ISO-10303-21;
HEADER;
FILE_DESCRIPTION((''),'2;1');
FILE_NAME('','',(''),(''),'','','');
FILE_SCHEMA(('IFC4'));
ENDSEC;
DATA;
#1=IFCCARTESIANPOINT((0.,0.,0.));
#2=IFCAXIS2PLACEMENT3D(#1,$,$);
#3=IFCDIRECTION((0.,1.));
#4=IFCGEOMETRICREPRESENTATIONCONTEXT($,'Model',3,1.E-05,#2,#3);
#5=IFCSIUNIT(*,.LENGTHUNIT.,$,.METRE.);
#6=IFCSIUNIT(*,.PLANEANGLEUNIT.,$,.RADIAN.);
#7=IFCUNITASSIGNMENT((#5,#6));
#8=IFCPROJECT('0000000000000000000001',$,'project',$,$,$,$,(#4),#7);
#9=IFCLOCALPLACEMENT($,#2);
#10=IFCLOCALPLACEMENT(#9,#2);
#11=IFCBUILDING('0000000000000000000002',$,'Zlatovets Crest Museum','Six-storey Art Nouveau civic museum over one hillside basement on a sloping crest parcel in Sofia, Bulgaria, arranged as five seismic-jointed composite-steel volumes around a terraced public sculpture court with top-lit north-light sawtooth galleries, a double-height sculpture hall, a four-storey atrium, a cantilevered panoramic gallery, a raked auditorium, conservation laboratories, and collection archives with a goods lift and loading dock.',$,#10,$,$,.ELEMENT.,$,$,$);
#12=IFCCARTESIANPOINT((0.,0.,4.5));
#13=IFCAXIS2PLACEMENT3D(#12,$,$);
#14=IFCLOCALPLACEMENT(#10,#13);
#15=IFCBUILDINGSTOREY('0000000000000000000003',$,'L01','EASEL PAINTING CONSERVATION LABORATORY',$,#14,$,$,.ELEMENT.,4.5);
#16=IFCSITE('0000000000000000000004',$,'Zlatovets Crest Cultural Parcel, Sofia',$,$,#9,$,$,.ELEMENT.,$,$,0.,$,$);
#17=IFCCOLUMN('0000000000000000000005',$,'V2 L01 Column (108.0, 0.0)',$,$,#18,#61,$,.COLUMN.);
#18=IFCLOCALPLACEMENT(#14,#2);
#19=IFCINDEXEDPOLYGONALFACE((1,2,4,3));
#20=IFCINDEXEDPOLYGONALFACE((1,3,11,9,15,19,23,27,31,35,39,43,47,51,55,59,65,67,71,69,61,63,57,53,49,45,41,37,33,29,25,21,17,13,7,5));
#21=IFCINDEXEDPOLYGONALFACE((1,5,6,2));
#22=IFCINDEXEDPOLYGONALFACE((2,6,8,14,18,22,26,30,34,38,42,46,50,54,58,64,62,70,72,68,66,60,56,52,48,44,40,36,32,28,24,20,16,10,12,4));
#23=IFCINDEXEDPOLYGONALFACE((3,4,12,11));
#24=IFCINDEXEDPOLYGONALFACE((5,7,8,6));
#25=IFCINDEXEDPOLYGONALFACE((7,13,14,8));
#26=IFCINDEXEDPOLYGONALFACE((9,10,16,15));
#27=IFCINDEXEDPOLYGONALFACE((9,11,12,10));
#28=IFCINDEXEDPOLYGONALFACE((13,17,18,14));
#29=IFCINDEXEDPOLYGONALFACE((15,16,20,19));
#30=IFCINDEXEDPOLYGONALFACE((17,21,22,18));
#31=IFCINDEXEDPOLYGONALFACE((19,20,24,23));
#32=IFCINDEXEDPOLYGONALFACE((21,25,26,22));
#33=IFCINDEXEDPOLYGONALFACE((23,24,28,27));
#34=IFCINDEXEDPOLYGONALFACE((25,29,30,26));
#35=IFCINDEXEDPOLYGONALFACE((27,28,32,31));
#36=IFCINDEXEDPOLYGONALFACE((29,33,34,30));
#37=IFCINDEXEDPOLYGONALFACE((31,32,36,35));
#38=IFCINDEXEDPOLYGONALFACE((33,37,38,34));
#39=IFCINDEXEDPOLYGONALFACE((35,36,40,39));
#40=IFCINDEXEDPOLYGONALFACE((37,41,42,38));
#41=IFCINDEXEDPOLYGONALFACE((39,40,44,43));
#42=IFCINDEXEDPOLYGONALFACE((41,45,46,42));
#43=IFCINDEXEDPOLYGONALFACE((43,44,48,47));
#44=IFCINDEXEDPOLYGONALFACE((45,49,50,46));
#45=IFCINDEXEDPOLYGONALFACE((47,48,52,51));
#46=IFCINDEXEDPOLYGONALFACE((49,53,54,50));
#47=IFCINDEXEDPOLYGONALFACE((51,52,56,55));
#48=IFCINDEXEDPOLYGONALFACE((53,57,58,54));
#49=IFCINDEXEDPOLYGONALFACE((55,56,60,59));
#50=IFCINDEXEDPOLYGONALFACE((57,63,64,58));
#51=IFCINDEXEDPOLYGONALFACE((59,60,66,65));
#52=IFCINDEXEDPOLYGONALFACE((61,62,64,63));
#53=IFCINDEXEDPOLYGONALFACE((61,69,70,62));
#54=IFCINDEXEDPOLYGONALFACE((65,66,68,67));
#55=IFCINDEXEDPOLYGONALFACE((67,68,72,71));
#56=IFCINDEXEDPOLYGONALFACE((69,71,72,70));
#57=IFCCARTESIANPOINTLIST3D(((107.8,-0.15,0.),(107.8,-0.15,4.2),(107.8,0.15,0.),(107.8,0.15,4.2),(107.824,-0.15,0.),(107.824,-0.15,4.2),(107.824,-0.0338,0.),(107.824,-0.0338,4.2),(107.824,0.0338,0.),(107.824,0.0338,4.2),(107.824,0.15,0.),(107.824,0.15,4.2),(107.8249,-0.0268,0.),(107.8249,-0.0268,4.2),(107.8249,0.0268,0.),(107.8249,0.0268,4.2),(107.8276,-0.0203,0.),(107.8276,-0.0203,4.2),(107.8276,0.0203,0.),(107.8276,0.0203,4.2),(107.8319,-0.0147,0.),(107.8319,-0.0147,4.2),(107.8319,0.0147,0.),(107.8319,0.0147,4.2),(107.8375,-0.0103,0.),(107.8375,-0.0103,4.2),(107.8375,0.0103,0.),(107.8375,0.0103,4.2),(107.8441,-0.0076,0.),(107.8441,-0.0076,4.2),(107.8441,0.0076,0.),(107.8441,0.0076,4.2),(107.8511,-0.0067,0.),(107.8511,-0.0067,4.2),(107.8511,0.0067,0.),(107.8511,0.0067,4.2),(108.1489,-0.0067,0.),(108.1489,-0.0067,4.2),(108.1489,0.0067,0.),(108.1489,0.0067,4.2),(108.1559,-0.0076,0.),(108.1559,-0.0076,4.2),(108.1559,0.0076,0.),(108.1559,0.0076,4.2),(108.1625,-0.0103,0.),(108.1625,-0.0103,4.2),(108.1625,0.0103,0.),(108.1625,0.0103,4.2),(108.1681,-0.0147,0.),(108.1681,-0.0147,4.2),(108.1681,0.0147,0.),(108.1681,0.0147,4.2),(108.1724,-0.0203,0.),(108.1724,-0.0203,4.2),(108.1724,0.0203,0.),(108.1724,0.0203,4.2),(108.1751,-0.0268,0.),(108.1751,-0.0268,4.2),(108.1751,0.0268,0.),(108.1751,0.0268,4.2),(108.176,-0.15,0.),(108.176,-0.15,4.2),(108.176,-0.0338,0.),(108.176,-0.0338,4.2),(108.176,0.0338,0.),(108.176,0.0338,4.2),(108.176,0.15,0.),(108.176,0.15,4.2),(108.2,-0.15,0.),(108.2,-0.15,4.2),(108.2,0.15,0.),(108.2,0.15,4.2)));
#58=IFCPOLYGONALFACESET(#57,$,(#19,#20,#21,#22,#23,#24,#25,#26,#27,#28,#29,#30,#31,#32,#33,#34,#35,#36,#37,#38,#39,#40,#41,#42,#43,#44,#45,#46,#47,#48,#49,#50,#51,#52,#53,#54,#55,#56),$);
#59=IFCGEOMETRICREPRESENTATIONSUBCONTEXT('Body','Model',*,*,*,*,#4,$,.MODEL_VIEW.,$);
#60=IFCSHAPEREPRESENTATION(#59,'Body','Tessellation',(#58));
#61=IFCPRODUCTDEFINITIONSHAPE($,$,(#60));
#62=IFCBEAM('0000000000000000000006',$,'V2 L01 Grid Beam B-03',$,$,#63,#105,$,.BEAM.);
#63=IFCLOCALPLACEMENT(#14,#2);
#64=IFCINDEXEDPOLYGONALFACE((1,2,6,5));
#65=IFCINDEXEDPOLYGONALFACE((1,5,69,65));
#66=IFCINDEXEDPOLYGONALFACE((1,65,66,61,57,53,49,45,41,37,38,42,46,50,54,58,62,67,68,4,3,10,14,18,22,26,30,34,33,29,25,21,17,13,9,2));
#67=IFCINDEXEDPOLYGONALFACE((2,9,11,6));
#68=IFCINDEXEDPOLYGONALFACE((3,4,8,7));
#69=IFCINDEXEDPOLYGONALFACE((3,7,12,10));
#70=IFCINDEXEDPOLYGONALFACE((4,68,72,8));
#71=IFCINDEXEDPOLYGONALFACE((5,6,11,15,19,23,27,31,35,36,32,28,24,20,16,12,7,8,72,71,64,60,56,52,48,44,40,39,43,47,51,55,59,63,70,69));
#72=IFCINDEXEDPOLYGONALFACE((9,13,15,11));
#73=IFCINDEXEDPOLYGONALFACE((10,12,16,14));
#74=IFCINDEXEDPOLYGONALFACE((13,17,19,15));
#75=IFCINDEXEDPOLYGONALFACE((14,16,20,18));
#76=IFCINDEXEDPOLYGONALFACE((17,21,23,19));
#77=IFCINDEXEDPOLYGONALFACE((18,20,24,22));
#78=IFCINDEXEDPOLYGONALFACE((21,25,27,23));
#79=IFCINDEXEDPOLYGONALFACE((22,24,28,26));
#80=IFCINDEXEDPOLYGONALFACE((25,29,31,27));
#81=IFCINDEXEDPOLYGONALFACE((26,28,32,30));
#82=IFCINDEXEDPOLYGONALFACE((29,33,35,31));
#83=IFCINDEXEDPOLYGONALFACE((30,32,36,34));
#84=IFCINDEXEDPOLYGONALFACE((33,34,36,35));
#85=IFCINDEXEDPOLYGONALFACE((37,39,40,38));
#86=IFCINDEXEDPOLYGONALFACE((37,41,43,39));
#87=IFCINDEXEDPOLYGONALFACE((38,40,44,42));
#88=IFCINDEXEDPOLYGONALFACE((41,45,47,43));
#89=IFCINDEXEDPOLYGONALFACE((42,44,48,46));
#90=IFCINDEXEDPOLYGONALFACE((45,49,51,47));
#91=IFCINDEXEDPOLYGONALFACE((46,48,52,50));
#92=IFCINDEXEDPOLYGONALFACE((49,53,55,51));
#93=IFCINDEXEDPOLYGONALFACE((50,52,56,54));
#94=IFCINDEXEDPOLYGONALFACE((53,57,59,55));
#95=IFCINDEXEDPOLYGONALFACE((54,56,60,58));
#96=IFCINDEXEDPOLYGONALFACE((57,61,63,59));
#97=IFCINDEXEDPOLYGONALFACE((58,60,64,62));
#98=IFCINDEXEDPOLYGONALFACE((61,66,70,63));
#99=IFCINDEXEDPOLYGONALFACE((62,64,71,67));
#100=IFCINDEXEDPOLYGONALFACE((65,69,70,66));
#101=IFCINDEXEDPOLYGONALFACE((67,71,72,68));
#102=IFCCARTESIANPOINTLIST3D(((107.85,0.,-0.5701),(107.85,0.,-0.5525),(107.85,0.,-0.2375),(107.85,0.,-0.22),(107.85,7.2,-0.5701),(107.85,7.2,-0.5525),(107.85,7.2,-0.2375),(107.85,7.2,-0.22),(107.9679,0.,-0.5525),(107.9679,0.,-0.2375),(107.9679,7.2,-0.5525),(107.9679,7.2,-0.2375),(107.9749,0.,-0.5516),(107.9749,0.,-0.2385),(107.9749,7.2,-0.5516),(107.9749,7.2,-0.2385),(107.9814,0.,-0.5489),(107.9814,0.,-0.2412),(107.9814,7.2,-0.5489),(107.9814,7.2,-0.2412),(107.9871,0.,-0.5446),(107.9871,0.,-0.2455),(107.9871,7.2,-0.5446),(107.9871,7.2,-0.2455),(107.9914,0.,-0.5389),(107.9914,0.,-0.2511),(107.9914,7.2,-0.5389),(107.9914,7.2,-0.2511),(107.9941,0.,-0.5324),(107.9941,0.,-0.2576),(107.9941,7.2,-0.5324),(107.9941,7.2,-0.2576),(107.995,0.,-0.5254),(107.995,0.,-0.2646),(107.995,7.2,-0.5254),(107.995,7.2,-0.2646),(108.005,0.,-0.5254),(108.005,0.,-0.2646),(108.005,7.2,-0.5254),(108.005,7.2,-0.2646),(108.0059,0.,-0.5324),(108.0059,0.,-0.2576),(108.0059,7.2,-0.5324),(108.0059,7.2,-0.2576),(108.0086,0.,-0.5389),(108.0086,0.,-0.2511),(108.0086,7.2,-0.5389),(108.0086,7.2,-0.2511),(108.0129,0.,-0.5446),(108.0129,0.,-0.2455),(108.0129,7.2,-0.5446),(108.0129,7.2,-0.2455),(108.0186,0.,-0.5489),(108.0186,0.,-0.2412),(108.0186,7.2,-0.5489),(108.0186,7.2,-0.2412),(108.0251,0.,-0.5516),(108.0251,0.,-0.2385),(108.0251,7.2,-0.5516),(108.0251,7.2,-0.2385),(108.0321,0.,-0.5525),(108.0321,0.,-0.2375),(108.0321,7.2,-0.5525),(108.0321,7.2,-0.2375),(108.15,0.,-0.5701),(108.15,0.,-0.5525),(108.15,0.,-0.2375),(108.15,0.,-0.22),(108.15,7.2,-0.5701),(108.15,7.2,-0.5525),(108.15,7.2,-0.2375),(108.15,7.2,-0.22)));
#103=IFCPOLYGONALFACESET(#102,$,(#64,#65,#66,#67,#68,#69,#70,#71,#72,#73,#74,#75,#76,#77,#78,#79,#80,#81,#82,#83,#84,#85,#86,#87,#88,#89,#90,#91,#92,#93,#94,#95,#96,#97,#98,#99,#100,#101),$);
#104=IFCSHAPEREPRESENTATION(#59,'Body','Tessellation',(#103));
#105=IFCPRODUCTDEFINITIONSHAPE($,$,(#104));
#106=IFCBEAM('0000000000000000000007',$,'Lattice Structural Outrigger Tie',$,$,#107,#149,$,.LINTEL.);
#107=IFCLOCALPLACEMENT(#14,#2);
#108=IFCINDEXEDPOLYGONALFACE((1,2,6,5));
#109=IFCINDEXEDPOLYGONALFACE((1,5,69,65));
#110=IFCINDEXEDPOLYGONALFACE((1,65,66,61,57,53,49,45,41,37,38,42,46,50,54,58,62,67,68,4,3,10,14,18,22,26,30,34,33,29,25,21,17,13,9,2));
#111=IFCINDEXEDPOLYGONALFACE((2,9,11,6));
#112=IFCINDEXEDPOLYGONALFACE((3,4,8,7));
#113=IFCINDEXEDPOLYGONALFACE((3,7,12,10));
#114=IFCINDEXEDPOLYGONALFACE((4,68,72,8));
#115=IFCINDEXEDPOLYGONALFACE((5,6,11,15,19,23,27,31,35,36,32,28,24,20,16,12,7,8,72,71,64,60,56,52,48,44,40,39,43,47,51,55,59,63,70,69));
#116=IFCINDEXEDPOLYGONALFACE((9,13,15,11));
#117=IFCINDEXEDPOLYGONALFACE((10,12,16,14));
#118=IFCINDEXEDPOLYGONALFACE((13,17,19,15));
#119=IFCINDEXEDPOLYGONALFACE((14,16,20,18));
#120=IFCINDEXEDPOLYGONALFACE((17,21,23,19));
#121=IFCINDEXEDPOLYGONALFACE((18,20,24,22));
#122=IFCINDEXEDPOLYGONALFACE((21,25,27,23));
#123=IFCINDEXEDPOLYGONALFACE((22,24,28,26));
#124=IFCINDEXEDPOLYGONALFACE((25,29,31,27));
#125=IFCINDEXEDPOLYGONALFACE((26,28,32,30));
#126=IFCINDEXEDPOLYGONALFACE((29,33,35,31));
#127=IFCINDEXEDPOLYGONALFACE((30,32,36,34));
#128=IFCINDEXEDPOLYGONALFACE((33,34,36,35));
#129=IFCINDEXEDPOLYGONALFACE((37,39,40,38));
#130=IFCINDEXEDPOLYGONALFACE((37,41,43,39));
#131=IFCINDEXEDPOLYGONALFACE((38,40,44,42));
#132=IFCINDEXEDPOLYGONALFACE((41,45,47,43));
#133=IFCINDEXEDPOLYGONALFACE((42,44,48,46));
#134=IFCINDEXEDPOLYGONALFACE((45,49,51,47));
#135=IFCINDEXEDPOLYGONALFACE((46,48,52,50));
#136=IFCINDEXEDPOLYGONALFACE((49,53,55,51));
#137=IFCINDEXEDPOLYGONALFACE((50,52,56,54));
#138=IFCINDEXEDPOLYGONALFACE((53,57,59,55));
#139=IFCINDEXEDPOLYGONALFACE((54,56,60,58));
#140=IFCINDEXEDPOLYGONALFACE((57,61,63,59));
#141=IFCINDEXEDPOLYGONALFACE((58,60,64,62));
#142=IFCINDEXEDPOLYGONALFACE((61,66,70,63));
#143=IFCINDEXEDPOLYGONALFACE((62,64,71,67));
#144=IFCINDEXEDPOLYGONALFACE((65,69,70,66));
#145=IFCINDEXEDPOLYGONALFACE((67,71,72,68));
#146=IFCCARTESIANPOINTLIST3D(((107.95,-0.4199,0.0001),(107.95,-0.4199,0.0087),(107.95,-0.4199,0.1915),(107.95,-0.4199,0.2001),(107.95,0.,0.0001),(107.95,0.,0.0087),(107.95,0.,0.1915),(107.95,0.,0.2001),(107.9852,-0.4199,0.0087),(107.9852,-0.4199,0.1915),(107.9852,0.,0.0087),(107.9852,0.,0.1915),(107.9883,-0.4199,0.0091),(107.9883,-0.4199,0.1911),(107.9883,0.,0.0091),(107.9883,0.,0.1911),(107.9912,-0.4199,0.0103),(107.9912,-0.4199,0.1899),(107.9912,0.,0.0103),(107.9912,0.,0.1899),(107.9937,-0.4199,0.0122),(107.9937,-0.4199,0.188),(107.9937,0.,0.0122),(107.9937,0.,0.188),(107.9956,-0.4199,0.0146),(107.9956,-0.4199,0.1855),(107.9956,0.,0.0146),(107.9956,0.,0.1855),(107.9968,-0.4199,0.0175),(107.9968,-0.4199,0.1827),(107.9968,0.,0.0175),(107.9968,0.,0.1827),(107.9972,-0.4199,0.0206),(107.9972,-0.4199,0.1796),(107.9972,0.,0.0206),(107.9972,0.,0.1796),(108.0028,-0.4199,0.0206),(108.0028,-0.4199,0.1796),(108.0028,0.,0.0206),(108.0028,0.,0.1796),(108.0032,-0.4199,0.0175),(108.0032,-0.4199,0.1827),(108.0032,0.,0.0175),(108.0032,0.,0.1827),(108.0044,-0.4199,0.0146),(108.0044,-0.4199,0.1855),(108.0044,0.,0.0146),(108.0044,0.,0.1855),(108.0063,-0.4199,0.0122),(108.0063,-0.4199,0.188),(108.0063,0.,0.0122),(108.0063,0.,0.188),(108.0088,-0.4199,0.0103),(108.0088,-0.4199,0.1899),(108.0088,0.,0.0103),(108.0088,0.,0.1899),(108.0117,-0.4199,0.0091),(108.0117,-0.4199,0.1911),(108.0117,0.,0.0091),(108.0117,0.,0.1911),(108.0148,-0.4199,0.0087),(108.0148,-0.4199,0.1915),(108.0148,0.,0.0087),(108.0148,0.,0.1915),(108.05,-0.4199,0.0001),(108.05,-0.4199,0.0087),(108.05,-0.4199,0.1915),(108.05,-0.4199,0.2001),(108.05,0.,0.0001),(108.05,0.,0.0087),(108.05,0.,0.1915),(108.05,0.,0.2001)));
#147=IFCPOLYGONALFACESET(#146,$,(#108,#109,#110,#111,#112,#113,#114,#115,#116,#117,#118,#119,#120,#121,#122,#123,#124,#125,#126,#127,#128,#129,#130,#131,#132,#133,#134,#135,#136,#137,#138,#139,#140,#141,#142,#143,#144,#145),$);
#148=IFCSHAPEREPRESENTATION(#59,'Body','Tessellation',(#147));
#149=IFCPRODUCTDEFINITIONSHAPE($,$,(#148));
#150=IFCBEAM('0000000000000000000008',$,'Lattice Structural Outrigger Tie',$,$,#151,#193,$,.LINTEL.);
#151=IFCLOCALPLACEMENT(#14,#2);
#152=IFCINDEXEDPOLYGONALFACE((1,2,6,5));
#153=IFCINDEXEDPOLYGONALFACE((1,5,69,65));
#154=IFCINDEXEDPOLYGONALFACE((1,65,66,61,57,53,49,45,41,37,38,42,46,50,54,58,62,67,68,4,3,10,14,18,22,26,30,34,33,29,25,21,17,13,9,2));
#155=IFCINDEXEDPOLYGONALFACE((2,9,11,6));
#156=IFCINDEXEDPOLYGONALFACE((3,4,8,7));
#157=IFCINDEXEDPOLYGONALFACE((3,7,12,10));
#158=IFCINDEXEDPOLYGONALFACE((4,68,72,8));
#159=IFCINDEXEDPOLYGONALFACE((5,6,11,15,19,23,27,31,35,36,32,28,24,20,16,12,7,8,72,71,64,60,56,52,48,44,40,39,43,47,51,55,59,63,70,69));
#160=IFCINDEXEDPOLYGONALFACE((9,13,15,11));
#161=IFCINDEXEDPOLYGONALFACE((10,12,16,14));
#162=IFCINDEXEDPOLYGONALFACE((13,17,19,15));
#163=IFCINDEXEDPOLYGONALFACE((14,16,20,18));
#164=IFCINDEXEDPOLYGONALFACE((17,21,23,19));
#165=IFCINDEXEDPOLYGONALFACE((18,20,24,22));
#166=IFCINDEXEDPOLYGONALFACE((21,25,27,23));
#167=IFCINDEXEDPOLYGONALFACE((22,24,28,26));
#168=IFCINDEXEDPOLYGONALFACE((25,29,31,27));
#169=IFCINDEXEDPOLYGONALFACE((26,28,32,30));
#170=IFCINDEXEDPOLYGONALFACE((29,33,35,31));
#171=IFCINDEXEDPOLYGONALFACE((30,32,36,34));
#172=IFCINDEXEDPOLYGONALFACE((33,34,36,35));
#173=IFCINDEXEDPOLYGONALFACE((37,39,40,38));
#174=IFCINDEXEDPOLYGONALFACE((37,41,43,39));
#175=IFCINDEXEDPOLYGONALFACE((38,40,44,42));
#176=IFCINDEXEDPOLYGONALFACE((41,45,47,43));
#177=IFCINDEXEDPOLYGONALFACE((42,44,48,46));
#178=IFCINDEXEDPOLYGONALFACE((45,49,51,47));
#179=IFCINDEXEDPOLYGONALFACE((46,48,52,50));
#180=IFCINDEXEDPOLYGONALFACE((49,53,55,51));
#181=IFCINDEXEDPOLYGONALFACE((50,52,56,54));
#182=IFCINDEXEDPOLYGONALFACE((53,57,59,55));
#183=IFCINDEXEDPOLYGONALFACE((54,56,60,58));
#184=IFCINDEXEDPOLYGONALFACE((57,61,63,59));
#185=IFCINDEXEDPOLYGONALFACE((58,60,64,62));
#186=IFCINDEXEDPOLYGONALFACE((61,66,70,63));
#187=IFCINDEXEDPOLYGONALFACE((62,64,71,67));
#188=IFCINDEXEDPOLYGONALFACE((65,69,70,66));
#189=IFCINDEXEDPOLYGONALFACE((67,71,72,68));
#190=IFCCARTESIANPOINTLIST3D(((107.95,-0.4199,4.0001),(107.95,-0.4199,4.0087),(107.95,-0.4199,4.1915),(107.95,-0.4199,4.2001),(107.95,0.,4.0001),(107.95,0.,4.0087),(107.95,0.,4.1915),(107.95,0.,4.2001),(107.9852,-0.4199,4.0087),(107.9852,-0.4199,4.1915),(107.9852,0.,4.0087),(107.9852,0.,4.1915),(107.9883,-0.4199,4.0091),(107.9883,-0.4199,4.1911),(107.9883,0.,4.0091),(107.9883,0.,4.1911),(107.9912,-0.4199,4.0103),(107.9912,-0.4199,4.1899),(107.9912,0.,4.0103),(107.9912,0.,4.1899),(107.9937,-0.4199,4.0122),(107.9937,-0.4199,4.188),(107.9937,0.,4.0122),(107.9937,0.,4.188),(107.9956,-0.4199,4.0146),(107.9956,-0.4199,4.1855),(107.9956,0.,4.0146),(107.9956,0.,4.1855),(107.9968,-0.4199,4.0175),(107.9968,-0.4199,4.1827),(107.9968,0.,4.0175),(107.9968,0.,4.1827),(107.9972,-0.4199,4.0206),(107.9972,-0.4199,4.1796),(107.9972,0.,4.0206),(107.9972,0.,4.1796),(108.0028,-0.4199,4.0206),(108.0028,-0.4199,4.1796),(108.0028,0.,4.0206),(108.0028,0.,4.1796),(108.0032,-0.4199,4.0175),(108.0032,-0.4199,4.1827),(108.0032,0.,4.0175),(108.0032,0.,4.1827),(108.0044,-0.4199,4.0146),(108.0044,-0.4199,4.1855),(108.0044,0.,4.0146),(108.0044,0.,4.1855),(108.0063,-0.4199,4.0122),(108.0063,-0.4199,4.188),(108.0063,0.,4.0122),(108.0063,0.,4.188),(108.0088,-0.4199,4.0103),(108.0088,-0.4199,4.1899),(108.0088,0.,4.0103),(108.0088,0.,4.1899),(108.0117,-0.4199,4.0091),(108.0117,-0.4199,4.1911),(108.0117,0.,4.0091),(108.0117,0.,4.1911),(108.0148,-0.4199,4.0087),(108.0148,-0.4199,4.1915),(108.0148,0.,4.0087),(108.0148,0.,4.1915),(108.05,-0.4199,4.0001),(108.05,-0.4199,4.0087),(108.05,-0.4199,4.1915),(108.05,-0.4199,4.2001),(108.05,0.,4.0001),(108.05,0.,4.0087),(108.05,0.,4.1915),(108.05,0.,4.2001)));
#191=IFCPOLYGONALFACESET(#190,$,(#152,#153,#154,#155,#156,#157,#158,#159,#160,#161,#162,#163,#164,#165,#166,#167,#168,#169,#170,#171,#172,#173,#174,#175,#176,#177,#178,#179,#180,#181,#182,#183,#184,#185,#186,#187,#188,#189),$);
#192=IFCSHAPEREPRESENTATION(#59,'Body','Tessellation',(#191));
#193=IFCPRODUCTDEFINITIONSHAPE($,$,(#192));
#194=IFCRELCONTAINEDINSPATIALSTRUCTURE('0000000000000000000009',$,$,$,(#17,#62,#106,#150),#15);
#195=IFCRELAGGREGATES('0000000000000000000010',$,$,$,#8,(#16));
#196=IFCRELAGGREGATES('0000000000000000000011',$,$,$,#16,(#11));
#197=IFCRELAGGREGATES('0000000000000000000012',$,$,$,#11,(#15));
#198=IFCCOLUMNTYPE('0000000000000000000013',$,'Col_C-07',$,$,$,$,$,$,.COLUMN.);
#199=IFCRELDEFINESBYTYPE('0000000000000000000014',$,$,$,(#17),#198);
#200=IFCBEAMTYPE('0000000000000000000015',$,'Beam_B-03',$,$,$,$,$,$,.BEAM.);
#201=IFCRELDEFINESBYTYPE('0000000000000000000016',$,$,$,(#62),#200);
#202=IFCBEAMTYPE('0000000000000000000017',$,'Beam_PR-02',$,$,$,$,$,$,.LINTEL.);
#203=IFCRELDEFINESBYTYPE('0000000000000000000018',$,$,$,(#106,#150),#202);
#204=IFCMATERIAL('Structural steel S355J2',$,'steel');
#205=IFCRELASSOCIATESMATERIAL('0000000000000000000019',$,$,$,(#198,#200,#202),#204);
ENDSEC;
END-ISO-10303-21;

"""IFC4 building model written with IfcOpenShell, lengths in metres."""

from ifc_helpers import new_model, si_unit, direction, frame, origin, origin_2d, place, context, subcontext, project, spatial, i_section, extrude, material, material_profile, profile_set, type_object, element, save


model = new_model("IFC4")

# Units and contexts
model_context = context("Model", 3, precision=1e-05, world=origin(), true_north=direction((0.0, 1.0)))
body_context = subcontext(model_context, "Body", "Model", "MODEL_VIEW")
ifc_project = project(units=[si_unit("LENGTHUNIT", "METRE"), si_unit("PLANEANGLEUNIT", "RADIAN")], contexts=[model_context])

# Site, building, storey
site_placement = place(None, origin())
site = spatial("IfcSite", under=ifc_project, at=site_placement, Name="Zlatovets Crest Cultural Parcel, Sofia", CompositionType="ELEMENT", RefElevation=0.0)
building_placement = place(site_placement, origin())
building = spatial("IfcBuilding", under=site, at=building_placement, Name="Zlatovets Crest Museum", Description="Six-storey Art Nouveau civic museum over one hillside basement on a sloping crest parcel in Sofia, Bulgaria, arranged as five seismic-jointed composite-steel volumes around a terraced public sculpture court with top-lit north-light sawtooth galleries, a double-height sculpture hall, a four-storey atrium, a cantilevered panoramic gallery, a raked auditorium, conservation laboratories, and collection archives with a goods lift and loading dock.", CompositionType="ELEMENT")
storey_placement = place(building_placement, frame((0.0, 0.0, 4.5)))
storey = spatial("IfcBuildingStorey", under=building, at=storey_placement, Name="L01", Description="EASEL PAINTING CONSERVATION LABORATORY", CompositionType="ELEMENT", Elevation=4.5)

# Column
ifc_material_1 = material(Name="Structural steel S355J2", Category="steel")
ifc_material_profile_1 = material_profile(ifc_material_1, i_section(OverallWidth=0.3, OverallDepth=0.3999, WebThickness=0.0134, FlangeThickness=0.0239, FilletRadius=0.0271, at=origin_2d()), Name="HEB 400")
ifc_profile_set_1 = profile_set([ifc_material_profile_1], Name="Structural steel S355J2")
column_type = type_object("IfcColumnType", Name="Col_C-07", PredefinedType="COLUMN", material=ifc_profile_set_1)
column_placement = place(storey_placement, frame((108.0, 0.0, 0.0), z_axis=(0.0, 0.0, 1.0), x_axis=(0.0, 1.0, 0.0)))
element("IfcColumn", 1, at=column_placement, inside=storey, type_object=column_type, Name="V2 L01 Column (108.0, 0.0)", PredefinedType="COLUMN", context=body_context, shape_type="SweptSolid", body=[
    extrude(i_section(OverallWidth=0.3, OverallDepth=0.3999, WebThickness=0.0134, FlangeThickness=0.0239, FilletRadius=0.0271, at=origin_2d()), origin(), (0.0, 0.0, 1.0), 4.2),
])

# Beams
ifc_material_profile_2 = material_profile(ifc_material_1, i_section(OverallWidth=0.3, OverallDepth=0.3501, WebThickness=0.01, FlangeThickness=0.0176, FilletRadius=0.0271, at=origin_2d()), Name="HEA 360")
ifc_profile_set_2 = profile_set([ifc_material_profile_2], Name="Structural steel S355J2")
beam_type_1 = type_object("IfcBeamType", Name="Beam_B-03", PredefinedType="BEAM", material=ifc_profile_set_2)
beam_placement = place(storey_placement, frame((108.0, 0.0, -0.395), z_axis=(0.0, 1.0, 0.0), x_axis=(-1.0, 0.0, 0.0)))
element("IfcBeam", 2, at=beam_placement, inside=storey, type_object=beam_type_1, Name="V2 L01 Grid Beam B-03", PredefinedType="BEAM", context=body_context, shape_type="SweptSolid", body=[
    extrude(i_section(OverallWidth=0.3, OverallDepth=0.3501, WebThickness=0.01, FlangeThickness=0.0176, FilletRadius=0.0271, at=origin_2d()), origin(), (0.0, 0.0, 1.0), 7.2),
])
ifc_material_profile_3 = material_profile(ifc_material_1, i_section(OverallWidth=0.1001, OverallDepth=0.2, WebThickness=0.0056, FlangeThickness=0.0085, FilletRadius=0.012, at=origin_2d()), Name="IPE 200")
ifc_profile_set_3 = profile_set([ifc_material_profile_3], Name="Structural steel S355J2")
beam_type_2 = type_object("IfcBeamType", Name="Beam_PR-02", PredefinedType="LINTEL", material=ifc_profile_set_3)
for number, where, z_axis, x_axis, name in (
    (3, (108.0, 0.0, 0.1001), (0.0, -1.0, 0.0), (1.0, 0.0, 0.0), "Lattice Structural Outrigger Tie"),
    (4, (108.0, 0.0, 4.1001), (0.0, -1.0, 0.0), (1.0, 0.0, 0.0), "Lattice Structural Outrigger Tie"),
):
    element("IfcBeam", number, at=place(storey_placement, frame(where, z_axis=z_axis, x_axis=x_axis)), inside=storey, type_object=beam_type_2, Name=name, PredefinedType="LINTEL", context=body_context, shape_type="SweptSolid", body=[
        extrude(i_section(OverallWidth=0.1001, OverallDepth=0.2, WebThickness=0.0056, FlangeThickness=0.0085, FilletRadius=0.012, at=origin_2d()), origin(), (0.0, 0.0, 1.0), 0.4199),
    ])

save(model, "model.ifc")
